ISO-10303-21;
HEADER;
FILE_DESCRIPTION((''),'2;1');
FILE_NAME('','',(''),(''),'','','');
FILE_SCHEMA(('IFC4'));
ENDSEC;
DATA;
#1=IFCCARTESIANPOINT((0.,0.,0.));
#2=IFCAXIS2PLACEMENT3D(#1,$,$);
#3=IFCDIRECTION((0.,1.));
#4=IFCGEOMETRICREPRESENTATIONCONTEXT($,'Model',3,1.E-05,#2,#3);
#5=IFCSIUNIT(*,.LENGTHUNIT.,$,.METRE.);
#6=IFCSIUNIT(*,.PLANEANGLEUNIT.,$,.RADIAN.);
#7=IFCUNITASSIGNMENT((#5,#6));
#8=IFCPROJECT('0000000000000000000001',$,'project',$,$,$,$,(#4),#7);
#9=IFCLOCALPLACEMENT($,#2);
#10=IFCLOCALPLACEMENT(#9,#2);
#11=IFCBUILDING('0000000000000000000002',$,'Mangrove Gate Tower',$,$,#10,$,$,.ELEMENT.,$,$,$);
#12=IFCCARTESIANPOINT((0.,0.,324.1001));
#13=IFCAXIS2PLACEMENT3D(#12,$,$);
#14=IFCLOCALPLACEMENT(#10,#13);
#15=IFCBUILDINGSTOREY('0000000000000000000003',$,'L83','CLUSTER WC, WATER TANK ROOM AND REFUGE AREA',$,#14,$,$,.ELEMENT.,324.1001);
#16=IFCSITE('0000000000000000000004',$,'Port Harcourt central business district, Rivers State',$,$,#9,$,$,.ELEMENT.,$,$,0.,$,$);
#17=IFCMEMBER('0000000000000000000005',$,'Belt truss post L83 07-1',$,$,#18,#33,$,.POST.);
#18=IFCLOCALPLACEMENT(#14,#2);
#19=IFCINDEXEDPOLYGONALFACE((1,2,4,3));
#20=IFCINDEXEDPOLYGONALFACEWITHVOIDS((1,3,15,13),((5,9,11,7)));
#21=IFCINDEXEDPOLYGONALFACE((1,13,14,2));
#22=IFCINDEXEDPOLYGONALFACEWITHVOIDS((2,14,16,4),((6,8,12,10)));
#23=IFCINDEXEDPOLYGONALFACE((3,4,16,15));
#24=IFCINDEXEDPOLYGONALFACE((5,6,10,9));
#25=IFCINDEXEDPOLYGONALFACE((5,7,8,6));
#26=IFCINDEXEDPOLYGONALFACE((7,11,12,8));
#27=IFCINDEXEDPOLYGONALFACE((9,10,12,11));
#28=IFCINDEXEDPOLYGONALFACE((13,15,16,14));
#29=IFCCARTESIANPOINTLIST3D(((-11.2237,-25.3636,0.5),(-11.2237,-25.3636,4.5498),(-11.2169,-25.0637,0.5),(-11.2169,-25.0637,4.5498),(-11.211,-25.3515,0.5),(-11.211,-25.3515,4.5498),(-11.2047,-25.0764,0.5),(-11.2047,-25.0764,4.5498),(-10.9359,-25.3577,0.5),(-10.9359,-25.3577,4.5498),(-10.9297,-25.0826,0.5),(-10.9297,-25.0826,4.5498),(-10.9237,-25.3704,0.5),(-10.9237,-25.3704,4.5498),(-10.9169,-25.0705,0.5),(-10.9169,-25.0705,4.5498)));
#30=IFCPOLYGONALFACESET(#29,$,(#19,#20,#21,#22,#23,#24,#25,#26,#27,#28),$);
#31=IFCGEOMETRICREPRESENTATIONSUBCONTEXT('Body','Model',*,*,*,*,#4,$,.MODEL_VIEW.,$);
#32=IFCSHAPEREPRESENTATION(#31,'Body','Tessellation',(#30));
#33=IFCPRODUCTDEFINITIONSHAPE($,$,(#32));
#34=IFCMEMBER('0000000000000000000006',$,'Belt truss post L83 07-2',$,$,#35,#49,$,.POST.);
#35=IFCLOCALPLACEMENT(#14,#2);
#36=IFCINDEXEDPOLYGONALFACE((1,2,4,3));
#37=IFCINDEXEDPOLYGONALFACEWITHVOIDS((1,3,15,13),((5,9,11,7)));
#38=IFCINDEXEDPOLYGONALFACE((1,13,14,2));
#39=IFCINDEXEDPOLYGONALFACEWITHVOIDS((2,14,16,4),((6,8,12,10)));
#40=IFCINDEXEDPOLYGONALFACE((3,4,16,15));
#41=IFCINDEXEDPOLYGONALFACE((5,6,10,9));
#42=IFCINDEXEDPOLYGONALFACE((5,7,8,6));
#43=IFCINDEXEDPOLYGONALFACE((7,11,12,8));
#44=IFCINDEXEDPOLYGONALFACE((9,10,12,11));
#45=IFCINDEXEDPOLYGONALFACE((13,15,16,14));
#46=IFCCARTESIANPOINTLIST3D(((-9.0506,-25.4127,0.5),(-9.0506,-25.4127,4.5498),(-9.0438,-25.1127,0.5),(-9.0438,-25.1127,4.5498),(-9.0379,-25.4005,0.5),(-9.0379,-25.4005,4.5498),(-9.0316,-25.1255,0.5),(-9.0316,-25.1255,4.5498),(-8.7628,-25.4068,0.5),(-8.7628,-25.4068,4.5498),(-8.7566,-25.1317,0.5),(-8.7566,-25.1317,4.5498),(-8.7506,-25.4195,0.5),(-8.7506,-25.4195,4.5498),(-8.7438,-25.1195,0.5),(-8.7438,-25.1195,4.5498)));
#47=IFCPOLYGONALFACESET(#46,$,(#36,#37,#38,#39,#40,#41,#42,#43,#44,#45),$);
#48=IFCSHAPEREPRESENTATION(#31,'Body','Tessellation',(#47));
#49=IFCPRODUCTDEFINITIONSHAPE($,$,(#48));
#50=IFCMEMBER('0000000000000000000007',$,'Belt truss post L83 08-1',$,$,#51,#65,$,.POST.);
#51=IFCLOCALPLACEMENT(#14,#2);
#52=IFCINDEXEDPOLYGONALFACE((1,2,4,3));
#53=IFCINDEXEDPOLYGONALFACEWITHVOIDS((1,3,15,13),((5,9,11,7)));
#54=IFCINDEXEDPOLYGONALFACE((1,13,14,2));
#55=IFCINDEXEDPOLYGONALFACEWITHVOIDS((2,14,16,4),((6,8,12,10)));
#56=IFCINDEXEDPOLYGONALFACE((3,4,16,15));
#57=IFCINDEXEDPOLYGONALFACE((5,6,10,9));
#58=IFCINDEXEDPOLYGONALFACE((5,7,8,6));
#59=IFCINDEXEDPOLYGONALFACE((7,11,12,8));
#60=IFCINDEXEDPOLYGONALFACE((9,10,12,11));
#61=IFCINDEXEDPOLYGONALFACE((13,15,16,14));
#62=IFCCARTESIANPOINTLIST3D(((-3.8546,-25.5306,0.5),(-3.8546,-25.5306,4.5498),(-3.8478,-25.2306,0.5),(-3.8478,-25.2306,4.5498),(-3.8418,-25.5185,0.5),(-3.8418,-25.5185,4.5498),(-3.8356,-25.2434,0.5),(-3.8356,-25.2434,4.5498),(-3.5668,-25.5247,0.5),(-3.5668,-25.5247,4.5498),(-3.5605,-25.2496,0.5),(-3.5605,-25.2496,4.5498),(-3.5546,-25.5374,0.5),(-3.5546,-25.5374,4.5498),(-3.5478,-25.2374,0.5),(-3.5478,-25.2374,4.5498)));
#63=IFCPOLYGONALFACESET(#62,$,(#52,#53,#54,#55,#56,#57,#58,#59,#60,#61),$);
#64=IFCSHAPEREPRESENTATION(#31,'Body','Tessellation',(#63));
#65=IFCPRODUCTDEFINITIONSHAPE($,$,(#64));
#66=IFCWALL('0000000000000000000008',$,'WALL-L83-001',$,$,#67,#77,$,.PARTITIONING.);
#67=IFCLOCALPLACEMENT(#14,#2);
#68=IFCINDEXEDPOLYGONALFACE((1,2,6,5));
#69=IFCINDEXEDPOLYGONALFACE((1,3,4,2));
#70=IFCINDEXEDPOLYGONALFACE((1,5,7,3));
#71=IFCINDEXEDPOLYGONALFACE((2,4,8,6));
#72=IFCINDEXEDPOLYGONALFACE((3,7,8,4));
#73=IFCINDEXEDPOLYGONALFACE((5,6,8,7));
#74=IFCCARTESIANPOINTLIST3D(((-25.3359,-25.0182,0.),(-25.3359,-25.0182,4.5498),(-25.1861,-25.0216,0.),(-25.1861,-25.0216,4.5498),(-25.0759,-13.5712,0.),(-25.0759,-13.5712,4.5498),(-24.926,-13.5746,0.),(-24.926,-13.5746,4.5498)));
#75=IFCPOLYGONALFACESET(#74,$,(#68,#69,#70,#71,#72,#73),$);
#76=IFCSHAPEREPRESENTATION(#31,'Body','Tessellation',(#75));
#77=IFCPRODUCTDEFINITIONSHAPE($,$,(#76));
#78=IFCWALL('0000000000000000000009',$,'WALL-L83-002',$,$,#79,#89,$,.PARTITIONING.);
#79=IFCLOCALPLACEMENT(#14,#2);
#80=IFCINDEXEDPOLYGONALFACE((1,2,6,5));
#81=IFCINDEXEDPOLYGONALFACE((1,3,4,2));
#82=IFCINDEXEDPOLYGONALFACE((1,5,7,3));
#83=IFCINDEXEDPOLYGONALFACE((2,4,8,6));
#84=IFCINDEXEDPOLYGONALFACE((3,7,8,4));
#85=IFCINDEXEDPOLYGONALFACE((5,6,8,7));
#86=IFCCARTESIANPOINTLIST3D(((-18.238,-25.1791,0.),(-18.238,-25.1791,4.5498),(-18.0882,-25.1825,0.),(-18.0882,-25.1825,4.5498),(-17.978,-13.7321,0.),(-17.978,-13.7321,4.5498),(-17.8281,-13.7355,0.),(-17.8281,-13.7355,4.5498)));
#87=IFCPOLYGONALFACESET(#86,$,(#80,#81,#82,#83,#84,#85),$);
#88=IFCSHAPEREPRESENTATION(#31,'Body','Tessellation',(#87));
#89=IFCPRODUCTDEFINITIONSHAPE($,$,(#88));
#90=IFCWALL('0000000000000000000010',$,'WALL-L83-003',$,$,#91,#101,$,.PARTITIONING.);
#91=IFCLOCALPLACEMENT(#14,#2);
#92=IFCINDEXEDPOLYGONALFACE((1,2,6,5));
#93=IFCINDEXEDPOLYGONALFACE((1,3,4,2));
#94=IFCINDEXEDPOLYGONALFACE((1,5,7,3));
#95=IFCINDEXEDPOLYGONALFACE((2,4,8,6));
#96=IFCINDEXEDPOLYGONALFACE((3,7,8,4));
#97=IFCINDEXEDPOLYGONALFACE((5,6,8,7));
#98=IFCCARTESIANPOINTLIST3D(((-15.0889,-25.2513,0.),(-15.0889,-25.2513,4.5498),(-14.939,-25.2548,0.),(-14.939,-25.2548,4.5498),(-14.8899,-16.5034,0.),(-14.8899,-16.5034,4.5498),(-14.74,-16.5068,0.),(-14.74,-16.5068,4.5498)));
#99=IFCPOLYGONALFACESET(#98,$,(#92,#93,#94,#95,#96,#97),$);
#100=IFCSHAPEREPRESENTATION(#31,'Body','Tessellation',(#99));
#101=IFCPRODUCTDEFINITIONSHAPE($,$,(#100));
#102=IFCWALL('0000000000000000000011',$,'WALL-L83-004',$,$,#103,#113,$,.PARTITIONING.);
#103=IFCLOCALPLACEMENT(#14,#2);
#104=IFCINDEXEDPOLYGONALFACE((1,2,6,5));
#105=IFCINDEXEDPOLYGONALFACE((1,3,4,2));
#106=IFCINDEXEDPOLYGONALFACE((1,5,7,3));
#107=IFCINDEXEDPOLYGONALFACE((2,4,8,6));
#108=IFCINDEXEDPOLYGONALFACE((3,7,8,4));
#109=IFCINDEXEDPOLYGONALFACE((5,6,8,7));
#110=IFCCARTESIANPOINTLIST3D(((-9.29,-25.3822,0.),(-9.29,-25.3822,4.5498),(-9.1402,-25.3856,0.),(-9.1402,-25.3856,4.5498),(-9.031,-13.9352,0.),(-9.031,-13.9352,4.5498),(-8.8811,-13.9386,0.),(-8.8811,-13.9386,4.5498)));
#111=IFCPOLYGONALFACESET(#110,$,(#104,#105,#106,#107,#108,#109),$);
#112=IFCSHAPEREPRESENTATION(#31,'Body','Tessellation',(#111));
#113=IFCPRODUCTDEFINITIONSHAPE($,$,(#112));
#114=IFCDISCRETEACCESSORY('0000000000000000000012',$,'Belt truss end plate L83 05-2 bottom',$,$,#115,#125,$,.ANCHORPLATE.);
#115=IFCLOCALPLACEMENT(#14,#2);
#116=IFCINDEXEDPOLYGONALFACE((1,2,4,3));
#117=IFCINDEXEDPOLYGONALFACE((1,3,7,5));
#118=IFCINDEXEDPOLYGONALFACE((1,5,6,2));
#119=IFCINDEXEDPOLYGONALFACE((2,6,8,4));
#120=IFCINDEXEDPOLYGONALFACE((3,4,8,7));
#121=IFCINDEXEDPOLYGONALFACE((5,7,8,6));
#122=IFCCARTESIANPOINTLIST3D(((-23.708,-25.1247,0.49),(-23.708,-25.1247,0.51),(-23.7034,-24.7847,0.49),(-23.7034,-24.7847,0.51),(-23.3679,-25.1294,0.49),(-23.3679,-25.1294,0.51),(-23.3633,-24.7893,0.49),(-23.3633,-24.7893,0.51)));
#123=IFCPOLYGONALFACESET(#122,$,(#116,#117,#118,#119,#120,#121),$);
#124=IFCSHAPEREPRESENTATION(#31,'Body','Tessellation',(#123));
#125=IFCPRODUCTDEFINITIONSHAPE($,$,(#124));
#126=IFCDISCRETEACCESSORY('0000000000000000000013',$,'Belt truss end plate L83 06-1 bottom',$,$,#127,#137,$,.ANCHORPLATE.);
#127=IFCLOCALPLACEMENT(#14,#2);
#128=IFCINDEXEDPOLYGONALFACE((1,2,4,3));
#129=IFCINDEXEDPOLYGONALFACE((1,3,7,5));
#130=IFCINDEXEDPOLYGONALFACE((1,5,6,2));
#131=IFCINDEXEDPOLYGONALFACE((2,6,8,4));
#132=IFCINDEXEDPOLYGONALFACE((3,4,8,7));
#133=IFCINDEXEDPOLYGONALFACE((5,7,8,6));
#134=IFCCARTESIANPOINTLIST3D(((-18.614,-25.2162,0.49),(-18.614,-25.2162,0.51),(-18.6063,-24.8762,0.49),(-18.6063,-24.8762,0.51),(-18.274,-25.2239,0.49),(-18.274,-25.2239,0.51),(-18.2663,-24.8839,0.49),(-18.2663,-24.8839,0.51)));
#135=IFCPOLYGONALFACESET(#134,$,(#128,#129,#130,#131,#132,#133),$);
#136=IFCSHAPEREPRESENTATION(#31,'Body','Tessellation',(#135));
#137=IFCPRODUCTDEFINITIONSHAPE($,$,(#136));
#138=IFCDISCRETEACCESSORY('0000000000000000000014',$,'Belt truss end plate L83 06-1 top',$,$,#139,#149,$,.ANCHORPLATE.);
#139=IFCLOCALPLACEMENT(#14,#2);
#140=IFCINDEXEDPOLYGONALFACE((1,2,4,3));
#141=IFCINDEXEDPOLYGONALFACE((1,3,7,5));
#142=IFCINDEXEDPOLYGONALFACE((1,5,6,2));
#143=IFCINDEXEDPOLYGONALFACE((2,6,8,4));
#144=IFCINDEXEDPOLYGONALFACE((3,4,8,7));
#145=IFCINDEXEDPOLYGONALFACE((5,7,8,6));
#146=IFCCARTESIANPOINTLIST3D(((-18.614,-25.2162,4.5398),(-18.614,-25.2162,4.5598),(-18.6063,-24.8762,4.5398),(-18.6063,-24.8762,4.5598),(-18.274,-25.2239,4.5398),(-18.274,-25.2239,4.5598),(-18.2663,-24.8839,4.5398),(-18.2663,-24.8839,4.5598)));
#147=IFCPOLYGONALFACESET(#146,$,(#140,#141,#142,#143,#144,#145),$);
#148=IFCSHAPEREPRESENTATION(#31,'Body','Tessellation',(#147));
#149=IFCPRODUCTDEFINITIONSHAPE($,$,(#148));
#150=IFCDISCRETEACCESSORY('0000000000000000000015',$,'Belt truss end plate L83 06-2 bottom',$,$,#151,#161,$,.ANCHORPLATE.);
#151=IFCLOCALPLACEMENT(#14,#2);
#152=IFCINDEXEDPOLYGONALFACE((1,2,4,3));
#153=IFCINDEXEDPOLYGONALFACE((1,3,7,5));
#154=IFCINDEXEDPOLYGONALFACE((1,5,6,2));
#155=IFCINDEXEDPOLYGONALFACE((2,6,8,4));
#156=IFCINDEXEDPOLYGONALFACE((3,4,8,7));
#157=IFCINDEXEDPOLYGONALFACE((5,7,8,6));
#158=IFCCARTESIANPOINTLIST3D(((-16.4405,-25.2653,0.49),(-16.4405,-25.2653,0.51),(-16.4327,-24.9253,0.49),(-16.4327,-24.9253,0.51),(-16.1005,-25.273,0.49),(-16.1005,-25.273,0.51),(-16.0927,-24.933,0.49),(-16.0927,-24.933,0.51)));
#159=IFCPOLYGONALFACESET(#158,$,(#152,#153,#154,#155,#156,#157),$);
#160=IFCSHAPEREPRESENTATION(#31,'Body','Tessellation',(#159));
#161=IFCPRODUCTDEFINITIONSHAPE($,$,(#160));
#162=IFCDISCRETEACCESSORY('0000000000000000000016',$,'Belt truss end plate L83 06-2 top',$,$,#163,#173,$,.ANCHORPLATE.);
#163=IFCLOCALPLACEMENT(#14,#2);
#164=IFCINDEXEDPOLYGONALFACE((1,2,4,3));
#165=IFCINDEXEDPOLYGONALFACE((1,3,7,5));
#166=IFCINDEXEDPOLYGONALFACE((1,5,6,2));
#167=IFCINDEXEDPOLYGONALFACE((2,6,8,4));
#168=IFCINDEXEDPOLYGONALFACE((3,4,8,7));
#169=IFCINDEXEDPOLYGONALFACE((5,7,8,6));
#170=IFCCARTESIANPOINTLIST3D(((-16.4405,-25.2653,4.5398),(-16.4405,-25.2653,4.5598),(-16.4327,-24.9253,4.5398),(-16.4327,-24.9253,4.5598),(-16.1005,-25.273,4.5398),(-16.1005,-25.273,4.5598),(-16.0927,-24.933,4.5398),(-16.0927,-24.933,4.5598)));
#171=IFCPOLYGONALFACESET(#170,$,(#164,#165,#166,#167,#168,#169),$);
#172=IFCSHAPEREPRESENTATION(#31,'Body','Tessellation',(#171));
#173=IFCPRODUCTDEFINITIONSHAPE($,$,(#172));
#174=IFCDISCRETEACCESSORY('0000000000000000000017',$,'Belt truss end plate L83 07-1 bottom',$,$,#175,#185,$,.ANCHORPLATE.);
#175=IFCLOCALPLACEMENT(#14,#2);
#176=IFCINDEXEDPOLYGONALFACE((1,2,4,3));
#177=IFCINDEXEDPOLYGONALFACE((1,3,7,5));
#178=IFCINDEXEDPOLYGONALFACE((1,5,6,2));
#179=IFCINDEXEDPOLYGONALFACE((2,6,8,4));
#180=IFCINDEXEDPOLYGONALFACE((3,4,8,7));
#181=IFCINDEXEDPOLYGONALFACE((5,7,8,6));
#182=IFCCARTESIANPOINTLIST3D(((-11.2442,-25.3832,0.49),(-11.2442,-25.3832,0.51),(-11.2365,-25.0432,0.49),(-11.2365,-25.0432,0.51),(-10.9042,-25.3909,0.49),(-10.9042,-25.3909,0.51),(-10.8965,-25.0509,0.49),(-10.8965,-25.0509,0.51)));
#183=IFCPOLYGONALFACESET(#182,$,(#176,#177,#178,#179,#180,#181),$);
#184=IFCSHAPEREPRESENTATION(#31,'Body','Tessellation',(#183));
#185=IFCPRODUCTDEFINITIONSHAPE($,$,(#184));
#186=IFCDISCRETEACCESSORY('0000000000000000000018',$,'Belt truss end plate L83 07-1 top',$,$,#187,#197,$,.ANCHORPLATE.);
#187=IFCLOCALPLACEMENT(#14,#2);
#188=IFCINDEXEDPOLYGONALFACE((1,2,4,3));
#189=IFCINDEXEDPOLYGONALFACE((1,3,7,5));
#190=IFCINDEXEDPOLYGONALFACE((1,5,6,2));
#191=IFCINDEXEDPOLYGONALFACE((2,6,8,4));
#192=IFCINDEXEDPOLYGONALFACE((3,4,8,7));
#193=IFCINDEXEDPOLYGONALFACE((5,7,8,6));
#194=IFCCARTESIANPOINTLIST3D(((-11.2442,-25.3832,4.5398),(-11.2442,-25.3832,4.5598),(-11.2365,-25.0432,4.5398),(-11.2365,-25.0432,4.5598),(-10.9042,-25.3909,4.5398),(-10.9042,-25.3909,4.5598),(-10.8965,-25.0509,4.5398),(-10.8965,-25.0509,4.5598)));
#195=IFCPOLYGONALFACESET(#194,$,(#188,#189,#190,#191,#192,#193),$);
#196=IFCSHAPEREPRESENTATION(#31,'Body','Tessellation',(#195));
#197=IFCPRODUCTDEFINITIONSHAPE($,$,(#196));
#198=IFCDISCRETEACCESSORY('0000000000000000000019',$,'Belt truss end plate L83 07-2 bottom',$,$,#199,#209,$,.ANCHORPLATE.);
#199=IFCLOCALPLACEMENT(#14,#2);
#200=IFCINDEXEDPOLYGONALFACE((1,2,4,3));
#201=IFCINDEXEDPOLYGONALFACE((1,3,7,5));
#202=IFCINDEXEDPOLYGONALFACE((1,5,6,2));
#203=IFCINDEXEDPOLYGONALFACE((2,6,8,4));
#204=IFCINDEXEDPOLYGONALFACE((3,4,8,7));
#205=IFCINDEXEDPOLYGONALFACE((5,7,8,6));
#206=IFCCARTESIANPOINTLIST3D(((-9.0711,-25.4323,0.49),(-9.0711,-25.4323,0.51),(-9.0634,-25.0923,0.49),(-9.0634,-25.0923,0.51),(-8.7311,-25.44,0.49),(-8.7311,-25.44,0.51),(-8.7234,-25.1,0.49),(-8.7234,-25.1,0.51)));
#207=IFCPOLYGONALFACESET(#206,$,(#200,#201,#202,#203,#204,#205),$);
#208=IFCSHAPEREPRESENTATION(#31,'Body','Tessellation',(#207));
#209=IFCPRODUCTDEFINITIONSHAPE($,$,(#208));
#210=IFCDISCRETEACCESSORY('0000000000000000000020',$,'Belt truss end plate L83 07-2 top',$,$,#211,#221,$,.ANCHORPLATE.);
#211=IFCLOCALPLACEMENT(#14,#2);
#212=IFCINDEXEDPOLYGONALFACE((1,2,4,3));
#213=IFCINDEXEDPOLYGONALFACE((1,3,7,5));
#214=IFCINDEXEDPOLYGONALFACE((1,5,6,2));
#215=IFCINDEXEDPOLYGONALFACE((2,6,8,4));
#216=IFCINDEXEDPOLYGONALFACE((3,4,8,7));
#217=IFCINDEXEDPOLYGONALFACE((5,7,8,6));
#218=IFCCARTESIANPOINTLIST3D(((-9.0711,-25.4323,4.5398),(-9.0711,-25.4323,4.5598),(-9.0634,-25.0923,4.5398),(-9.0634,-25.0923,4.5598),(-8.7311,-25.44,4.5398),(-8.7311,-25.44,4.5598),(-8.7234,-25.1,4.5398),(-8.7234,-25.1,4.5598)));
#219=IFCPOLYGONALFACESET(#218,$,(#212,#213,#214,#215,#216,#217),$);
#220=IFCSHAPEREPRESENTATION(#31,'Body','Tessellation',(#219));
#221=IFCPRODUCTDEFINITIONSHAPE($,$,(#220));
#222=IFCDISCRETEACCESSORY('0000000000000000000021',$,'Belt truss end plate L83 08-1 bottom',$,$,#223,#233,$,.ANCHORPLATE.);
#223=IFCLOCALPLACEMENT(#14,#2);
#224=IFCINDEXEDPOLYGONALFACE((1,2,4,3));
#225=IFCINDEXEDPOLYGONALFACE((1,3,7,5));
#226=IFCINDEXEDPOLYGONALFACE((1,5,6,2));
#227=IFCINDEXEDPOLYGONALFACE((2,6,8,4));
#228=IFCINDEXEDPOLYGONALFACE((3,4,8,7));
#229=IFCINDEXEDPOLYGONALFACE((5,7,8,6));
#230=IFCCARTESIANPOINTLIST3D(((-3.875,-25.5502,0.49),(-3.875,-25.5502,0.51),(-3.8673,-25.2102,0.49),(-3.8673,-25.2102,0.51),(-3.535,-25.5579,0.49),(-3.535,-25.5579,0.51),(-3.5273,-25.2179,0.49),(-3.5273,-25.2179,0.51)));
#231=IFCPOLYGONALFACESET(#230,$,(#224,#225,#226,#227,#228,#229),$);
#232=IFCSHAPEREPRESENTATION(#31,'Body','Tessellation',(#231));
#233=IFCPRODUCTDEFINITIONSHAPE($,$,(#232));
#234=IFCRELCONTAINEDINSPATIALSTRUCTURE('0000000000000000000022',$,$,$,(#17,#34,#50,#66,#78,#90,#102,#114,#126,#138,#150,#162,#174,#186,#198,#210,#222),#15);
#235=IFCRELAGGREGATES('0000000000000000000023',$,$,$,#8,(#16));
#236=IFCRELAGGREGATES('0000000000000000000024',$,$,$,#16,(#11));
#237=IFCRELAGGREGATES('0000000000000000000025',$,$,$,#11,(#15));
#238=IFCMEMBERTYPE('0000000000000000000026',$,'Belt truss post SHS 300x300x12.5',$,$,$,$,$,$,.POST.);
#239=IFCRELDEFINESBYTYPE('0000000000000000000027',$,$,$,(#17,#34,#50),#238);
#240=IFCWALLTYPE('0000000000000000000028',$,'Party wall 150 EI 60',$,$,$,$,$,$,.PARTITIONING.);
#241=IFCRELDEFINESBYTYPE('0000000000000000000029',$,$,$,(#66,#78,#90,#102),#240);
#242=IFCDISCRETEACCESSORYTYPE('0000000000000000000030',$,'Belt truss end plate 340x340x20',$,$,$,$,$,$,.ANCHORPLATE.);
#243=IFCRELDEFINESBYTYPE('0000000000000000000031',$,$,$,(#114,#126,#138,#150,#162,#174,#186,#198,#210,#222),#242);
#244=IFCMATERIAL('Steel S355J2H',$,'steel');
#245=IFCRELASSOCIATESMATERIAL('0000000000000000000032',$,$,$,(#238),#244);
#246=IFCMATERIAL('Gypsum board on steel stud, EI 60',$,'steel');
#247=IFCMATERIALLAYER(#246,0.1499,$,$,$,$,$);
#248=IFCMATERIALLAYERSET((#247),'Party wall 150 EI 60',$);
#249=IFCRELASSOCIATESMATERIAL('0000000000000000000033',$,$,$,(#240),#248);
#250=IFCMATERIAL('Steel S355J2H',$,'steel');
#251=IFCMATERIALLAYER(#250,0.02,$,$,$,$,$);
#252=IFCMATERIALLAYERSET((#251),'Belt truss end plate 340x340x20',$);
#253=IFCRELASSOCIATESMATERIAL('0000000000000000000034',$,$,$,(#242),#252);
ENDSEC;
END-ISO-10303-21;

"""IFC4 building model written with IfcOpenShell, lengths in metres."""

from ifc_helpers import new_model, si_unit, direction, frame, frame_2d, origin, origin_2d, place, context, subcontext, project, spatial, rectangle, hollow_rectangle, extrude, material, layer, layer_set, material_profile, profile_set, type_object, element, save


model = new_model("IFC4")

# Units and contexts
model_context = context("Model", 3, precision=1e-05, world=origin(), true_north=direction((0.0, 1.0)))
body_context = subcontext(model_context, "Body", "Model", "MODEL_VIEW")
ifc_project = project(units=[si_unit("LENGTHUNIT", "METRE"), si_unit("PLANEANGLEUNIT", "RADIAN")], contexts=[model_context])

# Site, building, storey
site_placement = place(None, origin())
site = spatial("IfcSite", under=ifc_project, at=site_placement, Name="Port Harcourt central business district, Rivers State", CompositionType="ELEMENT", RefElevation=0.0)
building_placement = place(site_placement, origin())
building = spatial("IfcBuilding", under=site, at=building_placement, Name="Mangrove Gate Tower", CompositionType="ELEMENT")
storey_placement = place(building_placement, frame((0.0, 0.0, 324.1001)))
storey = spatial("IfcBuildingStorey", under=building, at=storey_placement, Name="L83", Description="CLUSTER WC, WATER TANK ROOM AND REFUGE AREA", CompositionType="ELEMENT", Elevation=324.1001)

# Members
ifc_material_1 = material(Name="Steel S355J2H", Category="steel")
ifc_material_profile_1 = material_profile(ifc_material_1, hollow_rectangle(XDim=0.3, YDim=0.3, WallThickness=0.0125, at=origin_2d()))
ifc_profile_set_1 = profile_set([ifc_material_profile_1], Name="Steel S355J2H")
member_type_1 = type_object("IfcMemberType", Name="Belt truss post SHS 300x300x12.5", PredefinedType="POST", material=ifc_profile_set_1)
for number, where, z_axis, x_axis, name in (
    (1, (-11.0703, -25.217, 0.5), (0.0, 0.0, 1.0), (0.999743, -0.022657, 0.0), "Belt truss post L83 07-1"),
    (2, (-8.8972, -25.2661, 0.5), (0.0, 0.0, 1.0), (0.999743, -0.022657, 0.0), "Belt truss post L83 07-2"),
    (3, (-3.7012, -25.384, 0.5), (0.0, 0.0, 1.0), (0.999743, -0.022654, 0.0), "Belt truss post L83 08-1"),
):
    element("IfcMember", number, at=place(storey_placement, frame(where, z_axis=z_axis, x_axis=x_axis)), inside=storey, type_object=member_type_1, Name=name, PredefinedType="POST", context=body_context, shape_type="SweptSolid", body=[
        extrude(hollow_rectangle(XDim=0.3, YDim=0.3, WallThickness=0.0125, at=origin_2d()), origin(), (0.0, 0.0, 1.0), 4.0498),
    ])

# Walls
ifc_material_2 = material(Name="Gypsum board on steel stud, EI 60", Category="steel")
ifc_layer_1 = layer(ifc_material_2, 0.1499)
ifc_layer_set_1 = layer_set([ifc_layer_1], Name="Party wall 150 EI 60")
wall_type = type_object("IfcWallType", Name="Party wall 150 EI 60", PredefinedType="PARTITIONING", material=ifc_layer_set_1)
for number, where, z_axis, x_axis, name in (
    (4, (-25.261, -25.02, 0.0), (0.0, 0.0, 1.0), (0.022708, 0.999742, 0.0), "WALL-L83-001"),
    (5, (-18.1631, -25.1809, 0.0), (0.0, 0.0, 1.0), (0.022708, 0.999742, 0.0), "WALL-L83-002"),
):
    element("IfcWall", number, at=place(storey_placement, frame(where, z_axis=z_axis, x_axis=x_axis)), inside=storey, type_object=wall_type, Name=name, PredefinedType="PARTITIONING", context=body_context, shape_type="SweptSolid", body=[
        extrude(rectangle(XDim=11.45, YDim=0.1499, at=frame_2d((5.7251, 0.0))), origin(), (0.0, 0.0, 1.0), 4.5498),
    ])
wall_1_placement = place(storey_placement, frame((-15.0139, -25.2529, 0.0), z_axis=(0.0, 0.0, 1.0), x_axis=(0.022739, 0.999741, 0.0)))
element("IfcWall", 6, at=wall_1_placement, inside=storey, type_object=wall_type, Name="WALL-L83-003", PredefinedType="PARTITIONING", context=body_context, shape_type="SweptSolid", body=[
    extrude(rectangle(XDim=8.7502, YDim=0.1499, at=frame_2d((4.375, 0.0))), origin(), (0.0, 0.0, 1.0), 4.5498),
])
wall_2_placement = place(storey_placement, frame((-9.2151, -25.384, 0.0), z_axis=(0.0, 0.0, 1.0), x_axis=(0.022623, 0.999744, 0.0)))
element("IfcWall", 7, at=wall_2_placement, inside=storey, type_object=wall_type, Name="WALL-L83-004", PredefinedType="PARTITIONING", context=body_context, shape_type="SweptSolid", body=[
    extrude(rectangle(XDim=11.45, YDim=0.1499, at=frame_2d((5.7251, 0.0))), origin(), (0.0, 0.0, 1.0), 4.5498),
])

# Discrete accessories
ifc_material_3 = material(Name="Steel S355J2H", Category="steel")
ifc_layer_2 = layer(ifc_material_3, 0.02)
ifc_layer_set_2 = layer_set([ifc_layer_2], Name="Belt truss end plate 340x340x20")
discrete_accessory_type = type_object("IfcDiscreteAccessoryType", Name="Belt truss end plate 340x340x20", PredefinedType="ANCHORPLATE", material=ifc_layer_set_2)
for number, where, z_axis, x_axis, name in (
    (8, (-23.5356, -24.957, 0.49), (0.0, 0.0, 1.0), (0.999907, -0.013639, 0.0), "Belt truss end plate L83 05-2 bottom"),
    (9, (-18.4402, -25.05, 0.49), (0.0, 0.0, 1.0), (0.999743, -0.022654, 0.0), "Belt truss end plate L83 06-1 bottom"),
    (10, (-18.4402, -25.05, 4.5398), (0.0, 0.0, 1.0), (0.999743, -0.022654, 0.0), "Belt truss end plate L83 06-1 top"),
    (11, (-16.2666, -25.0991, 0.49), (0.0, 0.0, 1.0), (0.999743, -0.022654, 0.0), "Belt truss end plate L83 06-2 bottom"),
    (12, (-16.2666, -25.0991, 4.5398), (0.0, 0.0, 1.0), (0.999743, -0.022654, 0.0), "Belt truss end plate L83 06-2 top"),
    (13, (-11.0703, -25.217, 0.49), (0.0, 0.0, 1.0), (0.999743, -0.022657, 0.0), "Belt truss end plate L83 07-1 bottom"),
    (14, (-11.0703, -25.217, 4.5398), (0.0, 0.0, 1.0), (0.999743, -0.022657, 0.0), "Belt truss end plate L83 07-1 top"),
    (15, (-8.8972, -25.2661, 0.49), (0.0, 0.0, 1.0), (0.999743, -0.022657, 0.0), "Belt truss end plate L83 07-2 bottom"),
    (16, (-8.8972, -25.2661, 4.5398), (0.0, 0.0, 1.0), (0.999743, -0.022657, 0.0), "Belt truss end plate L83 07-2 top"),
    (17, (-3.7012, -25.384, 0.49), (0.0, 0.0, 1.0), (0.999743, -0.022654, 0.0), "Belt truss end plate L83 08-1 bottom"),
):
    element("IfcDiscreteAccessory", number, at=place(storey_placement, frame(where, z_axis=z_axis, x_axis=x_axis)), inside=storey, type_object=discrete_accessory_type, Name=name, PredefinedType="ANCHORPLATE", context=body_context, shape_type="SweptSolid", body=[
        extrude(rectangle(XDim=0.3401, YDim=0.3401, at=origin_2d()), origin(), (0.0, 0.0, 1.0), 0.02),
    ])

save(model, "model.ifc")
